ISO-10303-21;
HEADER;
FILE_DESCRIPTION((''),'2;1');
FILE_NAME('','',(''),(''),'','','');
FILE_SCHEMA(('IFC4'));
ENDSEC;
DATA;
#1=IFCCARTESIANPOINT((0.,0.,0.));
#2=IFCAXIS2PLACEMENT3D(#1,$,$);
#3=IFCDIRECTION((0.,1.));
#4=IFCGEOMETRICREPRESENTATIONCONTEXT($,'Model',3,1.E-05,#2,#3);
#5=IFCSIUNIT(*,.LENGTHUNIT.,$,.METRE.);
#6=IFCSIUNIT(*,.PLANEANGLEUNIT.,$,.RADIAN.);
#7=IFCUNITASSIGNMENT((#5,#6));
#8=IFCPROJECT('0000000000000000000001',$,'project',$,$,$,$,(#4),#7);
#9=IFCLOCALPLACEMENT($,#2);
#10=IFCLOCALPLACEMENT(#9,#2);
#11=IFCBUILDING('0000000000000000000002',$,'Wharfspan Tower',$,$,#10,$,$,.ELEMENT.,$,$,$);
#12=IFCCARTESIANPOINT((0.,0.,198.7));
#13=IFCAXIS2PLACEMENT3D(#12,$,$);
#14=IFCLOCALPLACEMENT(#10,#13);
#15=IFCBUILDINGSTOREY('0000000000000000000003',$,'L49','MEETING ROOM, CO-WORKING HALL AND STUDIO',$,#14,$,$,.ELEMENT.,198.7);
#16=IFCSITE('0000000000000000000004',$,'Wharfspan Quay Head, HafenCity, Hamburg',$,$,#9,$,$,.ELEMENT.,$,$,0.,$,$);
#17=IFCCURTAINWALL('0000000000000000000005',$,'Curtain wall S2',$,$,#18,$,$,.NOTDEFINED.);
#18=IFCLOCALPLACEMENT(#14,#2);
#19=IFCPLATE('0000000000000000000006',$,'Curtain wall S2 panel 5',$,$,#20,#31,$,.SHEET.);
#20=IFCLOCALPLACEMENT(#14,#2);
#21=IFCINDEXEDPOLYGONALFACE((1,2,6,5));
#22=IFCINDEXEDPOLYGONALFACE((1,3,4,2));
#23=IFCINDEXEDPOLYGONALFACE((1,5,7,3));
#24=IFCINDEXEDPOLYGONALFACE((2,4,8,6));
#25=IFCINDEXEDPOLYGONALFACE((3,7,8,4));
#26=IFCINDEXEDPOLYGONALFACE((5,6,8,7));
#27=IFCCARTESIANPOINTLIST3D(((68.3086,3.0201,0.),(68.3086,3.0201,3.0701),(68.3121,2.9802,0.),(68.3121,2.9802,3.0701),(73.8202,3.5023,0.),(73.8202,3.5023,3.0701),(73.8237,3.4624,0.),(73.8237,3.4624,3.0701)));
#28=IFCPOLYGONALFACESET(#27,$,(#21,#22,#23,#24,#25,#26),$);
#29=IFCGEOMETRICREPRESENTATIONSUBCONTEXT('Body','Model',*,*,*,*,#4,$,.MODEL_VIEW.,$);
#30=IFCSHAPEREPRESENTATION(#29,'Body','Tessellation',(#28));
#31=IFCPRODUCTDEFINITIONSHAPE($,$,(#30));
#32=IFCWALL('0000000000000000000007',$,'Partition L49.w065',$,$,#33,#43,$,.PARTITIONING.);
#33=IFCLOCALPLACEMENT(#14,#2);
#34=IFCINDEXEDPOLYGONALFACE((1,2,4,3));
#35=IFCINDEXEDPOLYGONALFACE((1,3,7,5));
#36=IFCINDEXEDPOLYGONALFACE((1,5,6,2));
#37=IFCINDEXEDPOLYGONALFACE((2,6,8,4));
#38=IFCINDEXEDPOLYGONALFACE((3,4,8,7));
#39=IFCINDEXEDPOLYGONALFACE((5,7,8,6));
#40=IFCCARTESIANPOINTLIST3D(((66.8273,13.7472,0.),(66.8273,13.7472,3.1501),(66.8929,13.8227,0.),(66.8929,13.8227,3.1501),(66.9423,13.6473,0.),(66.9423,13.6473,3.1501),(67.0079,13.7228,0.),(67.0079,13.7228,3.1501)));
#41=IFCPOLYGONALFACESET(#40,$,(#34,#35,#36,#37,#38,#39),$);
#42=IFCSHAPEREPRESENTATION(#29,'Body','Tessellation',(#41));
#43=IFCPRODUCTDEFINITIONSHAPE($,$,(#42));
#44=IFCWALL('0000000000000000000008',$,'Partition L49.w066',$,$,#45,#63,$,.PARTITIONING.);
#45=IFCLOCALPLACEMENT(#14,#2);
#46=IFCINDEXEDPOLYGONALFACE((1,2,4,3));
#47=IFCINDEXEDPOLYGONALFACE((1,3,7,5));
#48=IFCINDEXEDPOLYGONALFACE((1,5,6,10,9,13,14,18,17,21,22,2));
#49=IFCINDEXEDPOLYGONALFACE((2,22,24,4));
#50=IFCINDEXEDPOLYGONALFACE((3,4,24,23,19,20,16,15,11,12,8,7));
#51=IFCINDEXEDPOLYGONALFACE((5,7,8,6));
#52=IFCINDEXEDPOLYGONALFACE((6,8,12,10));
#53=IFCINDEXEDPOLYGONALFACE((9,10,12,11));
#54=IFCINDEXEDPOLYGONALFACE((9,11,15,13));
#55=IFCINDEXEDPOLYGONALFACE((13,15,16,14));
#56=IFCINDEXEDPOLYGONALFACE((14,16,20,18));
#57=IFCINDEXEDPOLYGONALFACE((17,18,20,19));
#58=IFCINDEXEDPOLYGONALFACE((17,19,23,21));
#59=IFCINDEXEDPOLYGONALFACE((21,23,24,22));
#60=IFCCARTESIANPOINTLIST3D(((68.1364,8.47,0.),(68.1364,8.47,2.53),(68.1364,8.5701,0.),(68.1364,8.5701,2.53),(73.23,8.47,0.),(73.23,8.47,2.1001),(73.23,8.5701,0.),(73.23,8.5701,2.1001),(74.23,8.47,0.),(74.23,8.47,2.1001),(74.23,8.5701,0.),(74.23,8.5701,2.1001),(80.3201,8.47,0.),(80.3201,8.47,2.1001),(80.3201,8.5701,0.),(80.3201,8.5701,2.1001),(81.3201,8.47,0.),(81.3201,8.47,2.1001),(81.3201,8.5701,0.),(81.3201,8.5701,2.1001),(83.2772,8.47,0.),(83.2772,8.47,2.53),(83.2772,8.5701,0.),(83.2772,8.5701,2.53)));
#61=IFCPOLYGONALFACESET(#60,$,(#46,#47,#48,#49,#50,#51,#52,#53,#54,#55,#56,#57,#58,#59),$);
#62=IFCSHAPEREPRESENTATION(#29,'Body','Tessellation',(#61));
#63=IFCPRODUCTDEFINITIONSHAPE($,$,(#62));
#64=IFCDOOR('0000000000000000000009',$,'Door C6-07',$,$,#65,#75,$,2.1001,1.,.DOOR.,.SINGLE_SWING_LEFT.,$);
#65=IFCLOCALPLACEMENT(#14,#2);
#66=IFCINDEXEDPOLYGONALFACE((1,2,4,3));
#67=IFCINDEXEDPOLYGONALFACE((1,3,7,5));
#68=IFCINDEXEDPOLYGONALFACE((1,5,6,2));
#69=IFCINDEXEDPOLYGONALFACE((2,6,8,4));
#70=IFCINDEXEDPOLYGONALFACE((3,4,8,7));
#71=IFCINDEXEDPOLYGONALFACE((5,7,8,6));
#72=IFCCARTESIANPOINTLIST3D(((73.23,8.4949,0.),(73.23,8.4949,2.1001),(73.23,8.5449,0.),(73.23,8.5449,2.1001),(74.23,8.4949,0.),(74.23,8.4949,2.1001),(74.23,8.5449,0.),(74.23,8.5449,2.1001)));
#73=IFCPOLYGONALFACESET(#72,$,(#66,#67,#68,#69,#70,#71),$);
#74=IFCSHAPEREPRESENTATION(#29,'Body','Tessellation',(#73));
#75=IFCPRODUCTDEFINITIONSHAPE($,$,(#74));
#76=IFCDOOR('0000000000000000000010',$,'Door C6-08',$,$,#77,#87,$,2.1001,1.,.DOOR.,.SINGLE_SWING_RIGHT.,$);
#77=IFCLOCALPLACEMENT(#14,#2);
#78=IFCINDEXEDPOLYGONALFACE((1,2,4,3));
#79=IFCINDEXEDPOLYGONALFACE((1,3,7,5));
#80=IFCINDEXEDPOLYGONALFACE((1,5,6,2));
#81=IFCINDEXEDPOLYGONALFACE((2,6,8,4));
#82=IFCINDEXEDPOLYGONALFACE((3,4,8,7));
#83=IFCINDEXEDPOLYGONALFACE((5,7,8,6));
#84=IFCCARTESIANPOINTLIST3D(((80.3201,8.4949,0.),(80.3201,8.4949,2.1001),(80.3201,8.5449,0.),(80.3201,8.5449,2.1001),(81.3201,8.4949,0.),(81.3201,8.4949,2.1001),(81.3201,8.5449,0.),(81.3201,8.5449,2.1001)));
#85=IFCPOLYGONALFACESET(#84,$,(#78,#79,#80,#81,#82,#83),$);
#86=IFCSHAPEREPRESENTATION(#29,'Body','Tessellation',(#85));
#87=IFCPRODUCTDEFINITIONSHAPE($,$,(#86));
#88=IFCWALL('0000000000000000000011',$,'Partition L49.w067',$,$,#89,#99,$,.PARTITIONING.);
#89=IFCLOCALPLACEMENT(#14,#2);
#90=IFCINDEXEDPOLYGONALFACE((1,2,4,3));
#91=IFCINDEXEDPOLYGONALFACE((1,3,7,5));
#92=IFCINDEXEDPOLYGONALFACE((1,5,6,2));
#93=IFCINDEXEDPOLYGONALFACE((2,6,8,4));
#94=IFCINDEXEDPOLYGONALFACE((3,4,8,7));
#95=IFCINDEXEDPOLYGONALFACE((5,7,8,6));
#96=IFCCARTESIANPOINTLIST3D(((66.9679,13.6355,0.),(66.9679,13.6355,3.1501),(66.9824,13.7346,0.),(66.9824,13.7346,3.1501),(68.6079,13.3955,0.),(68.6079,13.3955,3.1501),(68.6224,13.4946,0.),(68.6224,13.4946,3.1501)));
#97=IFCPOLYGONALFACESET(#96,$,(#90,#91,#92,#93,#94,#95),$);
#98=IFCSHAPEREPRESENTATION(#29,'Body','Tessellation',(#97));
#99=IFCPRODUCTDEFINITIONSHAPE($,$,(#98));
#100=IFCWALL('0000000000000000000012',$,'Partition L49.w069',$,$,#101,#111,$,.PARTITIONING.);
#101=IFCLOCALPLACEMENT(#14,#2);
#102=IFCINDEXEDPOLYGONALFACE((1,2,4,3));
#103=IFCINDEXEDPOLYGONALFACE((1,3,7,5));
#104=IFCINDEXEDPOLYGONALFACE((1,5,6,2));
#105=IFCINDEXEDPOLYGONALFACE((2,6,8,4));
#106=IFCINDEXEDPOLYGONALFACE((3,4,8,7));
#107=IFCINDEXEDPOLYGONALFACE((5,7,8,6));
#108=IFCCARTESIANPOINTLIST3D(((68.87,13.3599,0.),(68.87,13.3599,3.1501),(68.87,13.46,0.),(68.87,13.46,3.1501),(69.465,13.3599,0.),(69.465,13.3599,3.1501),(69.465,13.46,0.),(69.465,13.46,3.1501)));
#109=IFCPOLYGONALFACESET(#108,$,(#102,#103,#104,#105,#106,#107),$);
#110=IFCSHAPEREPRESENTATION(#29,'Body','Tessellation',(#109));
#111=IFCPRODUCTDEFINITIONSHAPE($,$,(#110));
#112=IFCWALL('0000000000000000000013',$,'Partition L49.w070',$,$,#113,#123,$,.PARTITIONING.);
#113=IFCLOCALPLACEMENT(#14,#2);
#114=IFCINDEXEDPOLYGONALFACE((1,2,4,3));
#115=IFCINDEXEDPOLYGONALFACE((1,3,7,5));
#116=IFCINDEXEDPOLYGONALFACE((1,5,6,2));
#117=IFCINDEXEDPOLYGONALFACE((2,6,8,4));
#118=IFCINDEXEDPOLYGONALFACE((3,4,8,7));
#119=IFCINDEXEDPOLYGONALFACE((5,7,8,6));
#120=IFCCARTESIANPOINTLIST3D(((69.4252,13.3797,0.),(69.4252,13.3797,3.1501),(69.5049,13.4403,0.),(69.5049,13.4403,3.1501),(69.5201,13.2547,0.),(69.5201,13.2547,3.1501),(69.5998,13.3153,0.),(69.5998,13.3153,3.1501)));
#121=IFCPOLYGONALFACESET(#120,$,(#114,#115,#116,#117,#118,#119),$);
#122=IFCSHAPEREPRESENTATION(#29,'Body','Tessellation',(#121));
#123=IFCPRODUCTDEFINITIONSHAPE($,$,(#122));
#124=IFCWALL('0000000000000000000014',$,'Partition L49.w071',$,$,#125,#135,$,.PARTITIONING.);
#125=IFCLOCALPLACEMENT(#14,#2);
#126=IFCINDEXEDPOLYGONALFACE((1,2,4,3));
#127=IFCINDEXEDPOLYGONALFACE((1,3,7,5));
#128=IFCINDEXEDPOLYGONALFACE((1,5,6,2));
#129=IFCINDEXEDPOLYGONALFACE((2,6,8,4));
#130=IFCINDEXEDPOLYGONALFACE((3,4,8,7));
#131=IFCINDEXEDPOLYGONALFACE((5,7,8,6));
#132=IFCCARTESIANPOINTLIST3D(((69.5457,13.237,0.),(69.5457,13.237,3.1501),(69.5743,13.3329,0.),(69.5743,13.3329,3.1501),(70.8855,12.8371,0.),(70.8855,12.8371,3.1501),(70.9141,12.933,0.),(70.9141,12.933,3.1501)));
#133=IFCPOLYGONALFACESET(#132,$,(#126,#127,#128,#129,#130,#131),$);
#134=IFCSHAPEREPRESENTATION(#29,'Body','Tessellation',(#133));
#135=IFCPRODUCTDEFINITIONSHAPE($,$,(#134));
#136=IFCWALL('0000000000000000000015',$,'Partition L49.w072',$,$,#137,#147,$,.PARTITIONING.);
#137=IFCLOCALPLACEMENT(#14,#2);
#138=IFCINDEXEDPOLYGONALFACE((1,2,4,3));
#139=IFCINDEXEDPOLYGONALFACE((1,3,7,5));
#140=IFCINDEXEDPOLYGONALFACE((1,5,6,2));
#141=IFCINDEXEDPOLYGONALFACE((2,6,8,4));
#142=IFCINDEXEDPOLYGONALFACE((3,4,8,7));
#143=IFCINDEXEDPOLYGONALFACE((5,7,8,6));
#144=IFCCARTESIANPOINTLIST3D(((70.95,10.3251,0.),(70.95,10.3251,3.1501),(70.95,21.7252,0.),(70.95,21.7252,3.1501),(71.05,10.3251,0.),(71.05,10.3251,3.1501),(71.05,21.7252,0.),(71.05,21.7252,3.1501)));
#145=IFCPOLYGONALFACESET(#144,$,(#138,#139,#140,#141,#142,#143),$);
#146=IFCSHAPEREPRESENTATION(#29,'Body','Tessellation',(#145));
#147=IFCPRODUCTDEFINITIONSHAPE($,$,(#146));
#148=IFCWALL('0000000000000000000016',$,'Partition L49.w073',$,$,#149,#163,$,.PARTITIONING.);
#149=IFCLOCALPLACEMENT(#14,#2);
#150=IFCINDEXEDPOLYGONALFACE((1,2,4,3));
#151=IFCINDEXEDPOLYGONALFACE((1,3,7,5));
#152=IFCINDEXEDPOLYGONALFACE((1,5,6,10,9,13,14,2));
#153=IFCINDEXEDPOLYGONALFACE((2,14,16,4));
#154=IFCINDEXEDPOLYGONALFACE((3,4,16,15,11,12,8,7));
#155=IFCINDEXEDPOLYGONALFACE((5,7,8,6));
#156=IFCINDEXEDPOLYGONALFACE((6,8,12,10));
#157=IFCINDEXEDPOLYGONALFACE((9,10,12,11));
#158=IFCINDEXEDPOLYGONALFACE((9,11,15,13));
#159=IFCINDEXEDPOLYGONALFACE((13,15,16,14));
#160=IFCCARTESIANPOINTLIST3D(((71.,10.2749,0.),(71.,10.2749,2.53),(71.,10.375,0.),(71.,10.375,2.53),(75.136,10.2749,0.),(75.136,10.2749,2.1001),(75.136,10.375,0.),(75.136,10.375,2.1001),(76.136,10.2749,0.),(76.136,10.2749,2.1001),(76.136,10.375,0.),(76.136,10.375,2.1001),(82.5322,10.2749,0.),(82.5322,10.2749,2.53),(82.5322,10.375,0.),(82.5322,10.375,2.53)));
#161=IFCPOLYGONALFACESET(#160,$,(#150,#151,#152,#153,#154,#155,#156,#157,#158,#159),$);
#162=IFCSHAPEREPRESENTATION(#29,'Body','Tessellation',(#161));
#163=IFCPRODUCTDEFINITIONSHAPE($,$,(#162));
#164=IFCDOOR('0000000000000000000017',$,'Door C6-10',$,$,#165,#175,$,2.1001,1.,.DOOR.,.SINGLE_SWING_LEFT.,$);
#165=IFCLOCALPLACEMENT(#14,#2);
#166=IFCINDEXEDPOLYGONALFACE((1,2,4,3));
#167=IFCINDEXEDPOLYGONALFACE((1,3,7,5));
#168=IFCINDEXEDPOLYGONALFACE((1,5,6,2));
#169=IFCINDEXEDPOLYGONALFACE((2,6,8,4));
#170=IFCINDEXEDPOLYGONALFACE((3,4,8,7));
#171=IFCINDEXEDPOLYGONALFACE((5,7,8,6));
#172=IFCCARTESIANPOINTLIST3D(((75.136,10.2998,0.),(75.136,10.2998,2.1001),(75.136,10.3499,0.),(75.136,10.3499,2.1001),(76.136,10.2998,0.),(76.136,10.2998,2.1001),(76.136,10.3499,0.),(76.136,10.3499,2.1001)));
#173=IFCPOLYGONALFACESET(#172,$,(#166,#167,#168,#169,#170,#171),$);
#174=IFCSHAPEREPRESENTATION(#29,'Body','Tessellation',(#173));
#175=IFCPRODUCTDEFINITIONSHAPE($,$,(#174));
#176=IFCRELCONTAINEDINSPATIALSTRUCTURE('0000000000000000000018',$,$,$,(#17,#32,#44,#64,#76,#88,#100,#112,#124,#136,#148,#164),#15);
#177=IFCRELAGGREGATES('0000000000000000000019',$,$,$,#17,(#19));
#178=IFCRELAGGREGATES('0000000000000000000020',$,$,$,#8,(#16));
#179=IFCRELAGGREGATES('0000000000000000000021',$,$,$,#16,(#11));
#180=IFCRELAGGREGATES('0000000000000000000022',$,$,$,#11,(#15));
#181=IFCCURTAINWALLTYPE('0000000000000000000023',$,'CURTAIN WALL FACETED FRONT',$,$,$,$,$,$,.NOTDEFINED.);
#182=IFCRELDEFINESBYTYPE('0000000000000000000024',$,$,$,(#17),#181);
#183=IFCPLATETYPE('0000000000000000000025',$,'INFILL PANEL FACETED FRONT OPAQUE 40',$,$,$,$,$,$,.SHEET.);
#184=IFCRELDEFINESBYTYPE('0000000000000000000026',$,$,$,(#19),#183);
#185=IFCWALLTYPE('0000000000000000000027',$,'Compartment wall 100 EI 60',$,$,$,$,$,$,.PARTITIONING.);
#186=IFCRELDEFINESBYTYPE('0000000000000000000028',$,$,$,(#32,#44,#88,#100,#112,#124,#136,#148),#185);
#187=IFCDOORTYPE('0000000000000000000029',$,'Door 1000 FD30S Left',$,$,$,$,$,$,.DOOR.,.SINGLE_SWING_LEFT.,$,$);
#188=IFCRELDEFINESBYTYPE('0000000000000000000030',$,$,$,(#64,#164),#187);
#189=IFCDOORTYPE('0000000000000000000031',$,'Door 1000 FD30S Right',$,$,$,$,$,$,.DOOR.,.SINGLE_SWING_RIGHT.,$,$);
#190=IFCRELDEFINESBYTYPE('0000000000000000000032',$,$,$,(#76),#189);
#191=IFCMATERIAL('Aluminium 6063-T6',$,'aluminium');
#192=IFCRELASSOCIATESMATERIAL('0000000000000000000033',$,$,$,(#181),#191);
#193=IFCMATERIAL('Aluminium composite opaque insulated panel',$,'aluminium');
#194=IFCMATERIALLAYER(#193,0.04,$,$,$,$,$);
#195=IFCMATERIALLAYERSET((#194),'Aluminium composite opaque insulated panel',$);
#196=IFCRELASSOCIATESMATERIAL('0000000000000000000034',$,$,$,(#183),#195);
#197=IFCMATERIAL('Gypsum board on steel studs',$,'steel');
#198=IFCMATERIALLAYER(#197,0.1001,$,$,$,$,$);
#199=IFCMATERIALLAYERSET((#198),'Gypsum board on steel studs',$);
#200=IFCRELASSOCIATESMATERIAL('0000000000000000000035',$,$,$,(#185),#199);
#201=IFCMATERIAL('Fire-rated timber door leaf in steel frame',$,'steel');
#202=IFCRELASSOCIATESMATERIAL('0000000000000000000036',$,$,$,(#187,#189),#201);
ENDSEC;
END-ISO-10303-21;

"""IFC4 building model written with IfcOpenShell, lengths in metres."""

from ifc_helpers import new_model, si_unit, direction, frame, frame_2d, origin, origin_2d, place, context, subcontext, project, spatial, rectangle, extrude, material, layer, layer_set, type_object, element, fill, aggregate, save


model = new_model("IFC4")

# Units and contexts
model_context = context("Model", 3, precision=1e-05, world=origin(), true_north=direction((0.0, 1.0)))
body_context = subcontext(model_context, "Body", "Model", "MODEL_VIEW")
ifc_project = project(units=[si_unit("LENGTHUNIT", "METRE"), si_unit("PLANEANGLEUNIT", "RADIAN")], contexts=[model_context])

# Site, building, storey
site_placement = place(None, origin())
site = spatial("IfcSite", under=ifc_project, at=site_placement, Name="Wharfspan Quay Head, HafenCity, Hamburg", CompositionType="ELEMENT", RefElevation=0.0)
building_placement = place(site_placement, origin())
building = spatial("IfcBuilding", under=site, at=building_placement, Name="Wharfspan Tower", CompositionType="ELEMENT")
storey_placement = place(building_placement, frame((0.0, 0.0, 198.7)))
storey = spatial("IfcBuildingStorey", under=building, at=storey_placement, Name="L49", Description="MEETING ROOM, CO-WORKING HALL AND STUDIO", CompositionType="ELEMENT", Elevation=198.7)

# Curtain wall, plate
ifc_material_1 = material(Name="Aluminium 6063-T6", Category="aluminium")
curtain_wall_type = type_object("IfcCurtainWallType", Name="CURTAIN WALL FACETED FRONT", PredefinedType="NOTDEFINED", material=ifc_material_1)
curtain_wall_placement = place(storey_placement, origin())
curtain_wall = element("IfcCurtainWall", 1, at=curtain_wall_placement, inside=storey, type_object=curtain_wall_type, Name="Curtain wall S2", PredefinedType="NOTDEFINED")
ifc_material_2 = material(Name="Aluminium composite opaque insulated panel", Category="aluminium")
ifc_layer_1 = layer(ifc_material_2, 0.04)
ifc_layer_set_1 = layer_set([ifc_layer_1], Name="Aluminium composite opaque insulated panel")
plate_type = type_object("IfcPlateType", Name="INFILL PANEL FACETED FRONT OPAQUE 40", PredefinedType="SHEET", material=ifc_layer_set_1)
plate_placement = place(storey_placement, frame((71.0662, 3.2412, 0.0), z_axis=(0.0, 0.0, 1.0), x_axis=(0.996198, 0.087156, 0.0)))
plate = element("IfcPlate", 2, at=plate_placement, type_object=plate_type, Name="Curtain wall S2 panel 5", PredefinedType="SHEET", context=body_context, shape_type="SweptSolid", body=[
    extrude(rectangle(XDim=5.5327, YDim=0.04, at=origin_2d()), origin(), (0.0, 0.0, 1.0), 3.0701),
])
aggregate(curtain_wall, [plate])

# Wall
ifc_material_3 = material(Name="Gypsum board on steel studs", Category="steel")
ifc_layer_2 = layer(ifc_material_3, 0.1001)
ifc_layer_set_2 = layer_set([ifc_layer_2], Name="Gypsum board on steel studs")
wall_type_1 = type_object("IfcWallType", Name="Compartment wall 100 EI 60", PredefinedType="PARTITIONING", material=ifc_layer_set_2)
wall_1_placement = place(storey_placement, frame((66.9751, 13.6851, 0.0), z_axis=(0.0, 0.0, 1.0), x_axis=(-0.755051, 0.65566, 0.0)))
element("IfcWall", 3, at=wall_1_placement, inside=storey, type_object=wall_type_1, Name="Partition L49.w065", PredefinedType="PARTITIONING", context=body_context, shape_type="SweptSolid", body=[
    extrude(rectangle(XDim=0.1523, YDim=0.1001, at=frame_2d((0.0762, 0.0))), origin(), (0.0, 0.0, 1.0), 3.1501),
])

# Wall, openings, doors
wall_2_placement = place(storey_placement, frame((68.1365, 8.52, 0.0), z_axis=(0.0, 0.0, 1.0), x_axis=(1.0, 0.0, 0.0)))
wall_2 = element("IfcWall", 4, at=wall_2_placement, inside=storey, type_object=wall_type_1, Name="Partition L49.w066", PredefinedType="PARTITIONING", context=body_context, shape_type="SweptSolid", body=[
    extrude(rectangle(XDim=15.1409, YDim=0.1001, at=frame_2d((7.5703, 0.0))), origin(), (0.0, 0.0, 1.0), 2.53),
])
opening_1_placement = place(wall_2_placement, frame((5.0935, 0.0, 0.0)))
opening_1 = element("IfcOpeningElement", 5, at=opening_1_placement, cuts=wall_2, PredefinedType="OPENING", context=body_context, shape_type="SweptSolid", body=[
    extrude(rectangle(XDim=1.0, YDim=2.1001, at=frame_2d((0.5, 1.05))), frame((0.0, 0.0601, 0.0), z_axis=(0.0, -1.0, 0.0), x_axis=(1.0, 0.0, 0.0)), (0.0, 0.0, 1.0), 0.1201),
])
opening_2_placement = place(wall_2_placement, frame((12.1836, 0.0, 0.0)))
opening_2 = element("IfcOpeningElement", 6, at=opening_2_placement, cuts=wall_2, PredefinedType="OPENING", context=body_context, shape_type="SweptSolid", body=[
    extrude(rectangle(XDim=1.0, YDim=2.1001, at=frame_2d((0.5, 1.05))), frame((0.0, 0.0601, 0.0), z_axis=(0.0, -1.0, 0.0), x_axis=(1.0, 0.0, 0.0)), (0.0, 0.0, 1.0), 0.1201),
])
ifc_material_4 = material(Name="Fire-rated timber door leaf in steel frame", Category="steel")
door_type_1 = type_object("IfcDoorType", Name="Door 1000 FD30S Left", OperationType="SINGLE_SWING_LEFT", PredefinedType="DOOR", material=ifc_material_4)
door_1_placement = place(opening_1_placement, origin())
door_1 = element("IfcDoor", 7, at=door_1_placement, inside=storey, type_object=door_type_1, Name="Door C6-07", OperationType="SINGLE_SWING_LEFT", OverallHeight=2.1001, OverallWidth=1.0, PredefinedType="DOOR", context=body_context, shape_type="SweptSolid", body=[
    extrude(rectangle(XDim=1.0, YDim=2.1001, at=frame_2d((0.5, 1.05))), frame((0.0, 0.0249, 0.0), z_axis=(0.0, -1.0, 0.0), x_axis=(1.0, 0.0, 0.0)), (0.0, 0.0, 1.0), 0.05),
])
fill(opening_1, door_1)
door_type_2 = type_object("IfcDoorType", Name="Door 1000 FD30S Right", OperationType="SINGLE_SWING_RIGHT", PredefinedType="DOOR", material=ifc_material_4)
door_2_placement = place(opening_2_placement, origin())
door_2 = element("IfcDoor", 8, at=door_2_placement, inside=storey, type_object=door_type_2, Name="Door C6-08", OperationType="SINGLE_SWING_RIGHT", OverallHeight=2.1001, OverallWidth=1.0, PredefinedType="DOOR", context=body_context, shape_type="SweptSolid", body=[
    extrude(rectangle(XDim=1.0, YDim=2.1001, at=frame_2d((0.5, 1.05))), frame((0.0, 0.0249, 0.0), z_axis=(0.0, -1.0, 0.0), x_axis=(1.0, 0.0, 0.0)), (0.0, 0.0, 1.0), 0.05),
])
fill(opening_2, door_2)

# Walls
wall_3_placement = place(storey_placement, frame((68.615, 13.4451, 0.0), z_axis=(0.0, 0.0, 1.0), x_axis=(-0.989463, 0.144803, 0.0)))
element("IfcWall", 9, at=wall_3_placement, inside=storey, type_object=wall_type_1, Name="Partition L49.w067", PredefinedType="PARTITIONING", context=body_context, shape_type="SweptSolid", body=[
    extrude(rectangle(XDim=1.6575, YDim=0.1001, at=frame_2d((0.8286, 0.0))), origin(), (0.0, 0.0, 1.0), 3.1501),
])
wall_4_placement = place(storey_placement, frame((68.8701, 13.4099, 0.0), z_axis=(0.0, 0.0, 1.0), x_axis=(1.0, 0.0, 0.0)))
element("IfcWall", 10, at=wall_4_placement, inside=storey, type_object=wall_type_1, Name="Partition L49.w069", PredefinedType="PARTITIONING", context=body_context, shape_type="SweptSolid", body=[
    extrude(rectangle(XDim=0.595, YDim=0.1001, at=frame_2d((0.2974, 0.0))), origin(), (0.0, 0.0, 1.0), 3.1501),
])
wall_5_placement = place(storey_placement, frame((69.5601, 13.2849, 0.0), z_axis=(0.0, 0.0, 1.0), x_axis=(-0.604968, 0.796256, 0.0)))
element("IfcWall", 11, at=wall_5_placement, inside=storey, type_object=wall_type_1, Name="Partition L49.w070", PredefinedType="PARTITIONING", context=body_context, shape_type="SweptSolid", body=[
    extrude(rectangle(XDim=0.157, YDim=0.1001, at=frame_2d((0.0786, 0.0))), origin(), (0.0, 0.0, 1.0), 3.1501),
])
wall_6_placement = place(storey_placement, frame((70.8999, 12.885, 0.0), z_axis=(0.0, 0.0, 1.0), x_axis=(-0.958229, 0.286002, 0.0)))
element("IfcWall", 12, at=wall_6_placement, inside=storey, type_object=wall_type_1, Name="Partition L49.w071", PredefinedType="PARTITIONING", context=body_context, shape_type="SweptSolid", body=[
    extrude(rectangle(XDim=1.3982, YDim=0.1001, at=frame_2d((0.6992, 0.0))), origin(), (0.0, 0.0, 1.0), 3.1501),
])
wall_7_placement = place(storey_placement, frame((71.0, 10.325, 0.0), z_axis=(0.0, 0.0, 1.0), x_axis=(0.0, 1.0, 0.0)))
element("IfcWall", 13, at=wall_7_placement, inside=storey, type_object=wall_type_1, Name="Partition L49.w072", PredefinedType="PARTITIONING", context=body_context, shape_type="SweptSolid", body=[
    extrude(rectangle(XDim=11.4001, YDim=0.1001, at=frame_2d((5.7002, 0.0))), origin(), (0.0, 0.0, 1.0), 3.1501),
])

# Wall, opening, door
wall_8_placement = place(storey_placement, frame((71.0, 10.325, 0.0), z_axis=(0.0, 0.0, 1.0), x_axis=(1.0, 0.0, 0.0)))
wall_8 = element("IfcWall", 14, at=wall_8_placement, inside=storey, type_object=wall_type_1, Name="Partition L49.w073", PredefinedType="PARTITIONING", context=body_context, shape_type="SweptSolid", body=[
    extrude(rectangle(XDim=11.5322, YDim=0.1001, at=frame_2d((5.7661, 0.0))), origin(), (0.0, 0.0, 1.0), 2.53),
])
opening_3_placement = place(wall_8_placement, frame((4.136, 0.0, 0.0)))
opening_3 = element("IfcOpeningElement", 15, at=opening_3_placement, cuts=wall_8, PredefinedType="OPENING", context=body_context, shape_type="SweptSolid", body=[
    extrude(rectangle(XDim=1.0, YDim=2.1001, at=frame_2d((0.5, 1.05))), frame((0.0, 0.0601, 0.0), z_axis=(0.0, -1.0, 0.0), x_axis=(1.0, 0.0, 0.0)), (0.0, 0.0, 1.0), 0.1201),
])
door_3_placement = place(opening_3_placement, origin())
door_3 = element("IfcDoor", 16, at=door_3_placement, inside=storey, type_object=door_type_1, Name="Door C6-10", OperationType="SINGLE_SWING_LEFT", OverallHeight=2.1001, OverallWidth=1.0, PredefinedType="DOOR", context=body_context, shape_type="SweptSolid", body=[
    extrude(rectangle(XDim=1.0, YDim=2.1001, at=frame_2d((0.5, 1.05))), frame((0.0, 0.0249, 0.0), z_axis=(0.0, -1.0, 0.0), x_axis=(1.0, 0.0, 0.0)), (0.0, 0.0, 1.0), 0.05),
])
fill(opening_3, door_3)

save(model, "model.ifc")
